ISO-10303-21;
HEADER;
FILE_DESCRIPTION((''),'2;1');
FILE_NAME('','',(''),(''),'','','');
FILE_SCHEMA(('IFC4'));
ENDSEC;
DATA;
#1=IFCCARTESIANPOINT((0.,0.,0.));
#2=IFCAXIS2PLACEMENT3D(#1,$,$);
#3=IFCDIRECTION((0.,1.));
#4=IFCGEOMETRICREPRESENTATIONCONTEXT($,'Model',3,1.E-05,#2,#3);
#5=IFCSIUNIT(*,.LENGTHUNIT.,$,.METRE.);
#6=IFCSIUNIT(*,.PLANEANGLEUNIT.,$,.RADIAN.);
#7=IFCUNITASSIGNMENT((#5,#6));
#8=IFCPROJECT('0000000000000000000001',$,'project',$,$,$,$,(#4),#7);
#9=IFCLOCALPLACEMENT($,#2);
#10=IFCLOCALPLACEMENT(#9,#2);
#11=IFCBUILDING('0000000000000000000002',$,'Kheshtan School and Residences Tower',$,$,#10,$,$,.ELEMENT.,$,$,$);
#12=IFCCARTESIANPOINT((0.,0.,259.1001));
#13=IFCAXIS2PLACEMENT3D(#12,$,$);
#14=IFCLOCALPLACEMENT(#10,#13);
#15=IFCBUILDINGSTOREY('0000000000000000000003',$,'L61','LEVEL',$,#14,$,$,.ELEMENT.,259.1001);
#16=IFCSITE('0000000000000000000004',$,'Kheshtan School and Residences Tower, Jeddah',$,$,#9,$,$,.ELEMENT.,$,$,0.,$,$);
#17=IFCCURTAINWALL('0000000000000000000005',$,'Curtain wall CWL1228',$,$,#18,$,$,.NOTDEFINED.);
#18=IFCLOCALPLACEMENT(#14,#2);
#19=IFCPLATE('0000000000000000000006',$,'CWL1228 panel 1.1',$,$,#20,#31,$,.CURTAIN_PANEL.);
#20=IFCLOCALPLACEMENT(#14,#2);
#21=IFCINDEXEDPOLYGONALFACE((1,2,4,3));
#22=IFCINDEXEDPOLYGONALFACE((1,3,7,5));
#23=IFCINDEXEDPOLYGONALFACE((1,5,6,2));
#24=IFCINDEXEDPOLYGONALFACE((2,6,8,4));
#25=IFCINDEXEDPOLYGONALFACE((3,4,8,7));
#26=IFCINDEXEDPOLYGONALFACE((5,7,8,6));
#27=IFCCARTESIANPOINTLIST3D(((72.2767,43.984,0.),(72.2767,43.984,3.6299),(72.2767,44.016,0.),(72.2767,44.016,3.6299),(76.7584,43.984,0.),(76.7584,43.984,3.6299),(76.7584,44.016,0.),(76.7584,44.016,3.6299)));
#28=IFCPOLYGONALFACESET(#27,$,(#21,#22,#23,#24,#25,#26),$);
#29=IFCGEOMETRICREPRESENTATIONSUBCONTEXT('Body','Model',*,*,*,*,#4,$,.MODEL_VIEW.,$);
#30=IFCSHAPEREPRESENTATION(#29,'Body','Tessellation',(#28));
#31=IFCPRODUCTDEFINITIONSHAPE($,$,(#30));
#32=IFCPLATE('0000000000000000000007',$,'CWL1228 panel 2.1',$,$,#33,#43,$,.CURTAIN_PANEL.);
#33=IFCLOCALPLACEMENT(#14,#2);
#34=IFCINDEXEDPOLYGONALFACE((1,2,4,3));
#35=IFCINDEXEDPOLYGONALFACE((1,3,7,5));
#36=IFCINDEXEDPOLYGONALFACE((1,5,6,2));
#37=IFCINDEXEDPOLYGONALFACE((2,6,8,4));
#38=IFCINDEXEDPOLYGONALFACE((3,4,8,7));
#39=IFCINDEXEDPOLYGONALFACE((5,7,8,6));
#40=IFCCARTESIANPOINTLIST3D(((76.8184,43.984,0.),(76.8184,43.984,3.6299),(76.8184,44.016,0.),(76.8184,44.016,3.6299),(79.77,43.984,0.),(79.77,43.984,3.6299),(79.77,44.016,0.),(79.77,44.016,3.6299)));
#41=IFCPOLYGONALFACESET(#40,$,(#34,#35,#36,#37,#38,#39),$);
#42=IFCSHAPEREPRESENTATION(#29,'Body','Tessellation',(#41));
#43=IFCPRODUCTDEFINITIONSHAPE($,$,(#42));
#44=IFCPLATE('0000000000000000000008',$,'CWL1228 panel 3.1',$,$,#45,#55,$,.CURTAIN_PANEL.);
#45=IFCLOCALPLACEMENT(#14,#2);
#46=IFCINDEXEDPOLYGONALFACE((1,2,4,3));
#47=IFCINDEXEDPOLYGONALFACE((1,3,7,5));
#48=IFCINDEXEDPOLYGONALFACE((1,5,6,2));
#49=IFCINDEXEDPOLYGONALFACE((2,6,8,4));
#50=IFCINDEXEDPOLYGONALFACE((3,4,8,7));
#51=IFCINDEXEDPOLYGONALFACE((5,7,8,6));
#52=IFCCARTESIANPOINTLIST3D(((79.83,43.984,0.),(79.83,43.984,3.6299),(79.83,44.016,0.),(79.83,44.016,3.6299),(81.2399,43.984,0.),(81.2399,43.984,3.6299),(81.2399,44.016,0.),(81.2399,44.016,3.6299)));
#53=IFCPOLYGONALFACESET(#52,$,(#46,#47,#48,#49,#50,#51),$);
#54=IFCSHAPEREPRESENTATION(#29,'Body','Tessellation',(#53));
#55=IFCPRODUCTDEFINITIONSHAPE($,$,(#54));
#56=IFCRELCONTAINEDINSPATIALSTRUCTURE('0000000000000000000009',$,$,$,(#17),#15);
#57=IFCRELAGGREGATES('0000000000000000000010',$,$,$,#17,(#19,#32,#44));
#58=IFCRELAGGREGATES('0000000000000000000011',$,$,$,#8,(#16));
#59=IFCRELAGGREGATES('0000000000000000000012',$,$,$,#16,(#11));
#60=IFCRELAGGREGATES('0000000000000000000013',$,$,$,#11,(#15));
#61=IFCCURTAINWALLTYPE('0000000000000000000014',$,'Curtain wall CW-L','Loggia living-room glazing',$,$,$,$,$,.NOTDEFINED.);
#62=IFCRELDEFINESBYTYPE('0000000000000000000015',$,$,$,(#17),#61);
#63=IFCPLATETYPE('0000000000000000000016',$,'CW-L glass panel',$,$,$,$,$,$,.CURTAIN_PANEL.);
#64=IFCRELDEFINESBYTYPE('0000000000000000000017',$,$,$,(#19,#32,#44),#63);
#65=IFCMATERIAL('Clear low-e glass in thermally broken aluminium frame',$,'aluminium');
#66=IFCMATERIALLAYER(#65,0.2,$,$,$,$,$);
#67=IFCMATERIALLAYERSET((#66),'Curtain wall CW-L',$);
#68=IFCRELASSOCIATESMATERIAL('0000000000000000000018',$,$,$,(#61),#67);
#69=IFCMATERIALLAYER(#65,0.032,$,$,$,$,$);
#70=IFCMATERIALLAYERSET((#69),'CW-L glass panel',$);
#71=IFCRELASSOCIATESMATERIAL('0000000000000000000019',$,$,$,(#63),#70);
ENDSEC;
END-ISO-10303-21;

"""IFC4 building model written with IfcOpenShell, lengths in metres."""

from ifc_helpers import new_model, si_unit, direction, frame, origin, origin_2d, place, context, subcontext, project, spatial, rectangle, extrude, material, layer, layer_set, type_object, element, aggregate, save


model = new_model("IFC4")

# Units and contexts
model_context = context("Model", 3, precision=1e-05, world=origin(), true_north=direction((0.0, 1.0)))
body_context = subcontext(model_context, "Body", "Model", "MODEL_VIEW")
ifc_project = project(units=[si_unit("LENGTHUNIT", "METRE"), si_unit("PLANEANGLEUNIT", "RADIAN")], contexts=[model_context])

# Site, building, storey
site_placement = place(None, origin())
site = spatial("IfcSite", under=ifc_project, at=site_placement, Name="Kheshtan School and Residences Tower, Jeddah", CompositionType="ELEMENT", RefElevation=0.0)
building_placement = place(site_placement, origin())
building = spatial("IfcBuilding", under=site, at=building_placement, Name="Kheshtan School and Residences Tower", CompositionType="ELEMENT")
storey_placement = place(building_placement, frame((0.0, 0.0, 259.1001)))
storey = spatial("IfcBuildingStorey", under=building, at=storey_placement, Name="L61", Description="LEVEL", CompositionType="ELEMENT", Elevation=259.1001)

# Curtain wall
ifc_material_1 = material(Name="Clear low-e glass in thermally broken aluminium frame", Category="aluminium")
ifc_layer_1 = layer(ifc_material_1, 0.2)
ifc_layer_set_1 = layer_set([ifc_layer_1], Name="Curtain wall CW-L")
curtain_wall_type = type_object("IfcCurtainWallType", Name="Curtain wall CW-L", Description="Loggia living-room glazing", PredefinedType="NOTDEFINED", material=ifc_layer_set_1)
curtain_wall_placement = place(storey_placement, origin())
curtain_wall = element("IfcCurtainWall", 1, at=curtain_wall_placement, inside=storey, type_object=curtain_wall_type, Name="Curtain wall CWL1228", PredefinedType="NOTDEFINED")

# Plates
ifc_layer_2 = layer(ifc_material_1, 0.032)
ifc_layer_set_2 = layer_set([ifc_layer_2], Name="CW-L glass panel")
plate_type = type_object("IfcPlateType", Name="CW-L glass panel", PredefinedType="CURTAIN_PANEL", material=ifc_layer_set_2)
plate_1_placement = place(storey_placement, frame((74.5176, 44.0, 0.0), z_axis=(0.0, 0.0, 1.0), x_axis=(1.0, 0.0, 0.0)))
plate_1 = element("IfcPlate", 2, at=plate_1_placement, type_object=plate_type, Name="CWL1228 panel 1.1", PredefinedType="CURTAIN_PANEL", context=body_context, shape_type="SweptSolid", body=[
    extrude(rectangle(XDim=4.4817, YDim=0.032, at=origin_2d()), origin(), (0.0, 0.0, 1.0), 3.6299),
])
plate_2_placement = place(storey_placement, frame((78.2942, 44.0, 0.0), z_axis=(0.0, 0.0, 1.0), x_axis=(1.0, 0.0, 0.0)))
plate_2 = element("IfcPlate", 3, at=plate_2_placement, type_object=plate_type, Name="CWL1228 panel 2.1", PredefinedType="CURTAIN_PANEL", context=body_context, shape_type="SweptSolid", body=[
    extrude(rectangle(XDim=2.9517, YDim=0.032, at=origin_2d()), origin(), (0.0, 0.0, 1.0), 3.6299),
])
plate_3_placement = place(storey_placement, frame((80.5349, 44.0, 0.0), z_axis=(0.0, 0.0, 1.0), x_axis=(1.0, 0.0, 0.0)))
plate_3 = element("IfcPlate", 4, at=plate_3_placement, type_object=plate_type, Name="CWL1228 panel 3.1", PredefinedType="CURTAIN_PANEL", context=body_context, shape_type="SweptSolid", body=[
    extrude(rectangle(XDim=1.4099, YDim=0.032, at=origin_2d()), origin(), (0.0, 0.0, 1.0), 3.6299),
])
aggregate(curtain_wall, [plate_1, plate_2, plate_3])

save(model, "model.ifc")
